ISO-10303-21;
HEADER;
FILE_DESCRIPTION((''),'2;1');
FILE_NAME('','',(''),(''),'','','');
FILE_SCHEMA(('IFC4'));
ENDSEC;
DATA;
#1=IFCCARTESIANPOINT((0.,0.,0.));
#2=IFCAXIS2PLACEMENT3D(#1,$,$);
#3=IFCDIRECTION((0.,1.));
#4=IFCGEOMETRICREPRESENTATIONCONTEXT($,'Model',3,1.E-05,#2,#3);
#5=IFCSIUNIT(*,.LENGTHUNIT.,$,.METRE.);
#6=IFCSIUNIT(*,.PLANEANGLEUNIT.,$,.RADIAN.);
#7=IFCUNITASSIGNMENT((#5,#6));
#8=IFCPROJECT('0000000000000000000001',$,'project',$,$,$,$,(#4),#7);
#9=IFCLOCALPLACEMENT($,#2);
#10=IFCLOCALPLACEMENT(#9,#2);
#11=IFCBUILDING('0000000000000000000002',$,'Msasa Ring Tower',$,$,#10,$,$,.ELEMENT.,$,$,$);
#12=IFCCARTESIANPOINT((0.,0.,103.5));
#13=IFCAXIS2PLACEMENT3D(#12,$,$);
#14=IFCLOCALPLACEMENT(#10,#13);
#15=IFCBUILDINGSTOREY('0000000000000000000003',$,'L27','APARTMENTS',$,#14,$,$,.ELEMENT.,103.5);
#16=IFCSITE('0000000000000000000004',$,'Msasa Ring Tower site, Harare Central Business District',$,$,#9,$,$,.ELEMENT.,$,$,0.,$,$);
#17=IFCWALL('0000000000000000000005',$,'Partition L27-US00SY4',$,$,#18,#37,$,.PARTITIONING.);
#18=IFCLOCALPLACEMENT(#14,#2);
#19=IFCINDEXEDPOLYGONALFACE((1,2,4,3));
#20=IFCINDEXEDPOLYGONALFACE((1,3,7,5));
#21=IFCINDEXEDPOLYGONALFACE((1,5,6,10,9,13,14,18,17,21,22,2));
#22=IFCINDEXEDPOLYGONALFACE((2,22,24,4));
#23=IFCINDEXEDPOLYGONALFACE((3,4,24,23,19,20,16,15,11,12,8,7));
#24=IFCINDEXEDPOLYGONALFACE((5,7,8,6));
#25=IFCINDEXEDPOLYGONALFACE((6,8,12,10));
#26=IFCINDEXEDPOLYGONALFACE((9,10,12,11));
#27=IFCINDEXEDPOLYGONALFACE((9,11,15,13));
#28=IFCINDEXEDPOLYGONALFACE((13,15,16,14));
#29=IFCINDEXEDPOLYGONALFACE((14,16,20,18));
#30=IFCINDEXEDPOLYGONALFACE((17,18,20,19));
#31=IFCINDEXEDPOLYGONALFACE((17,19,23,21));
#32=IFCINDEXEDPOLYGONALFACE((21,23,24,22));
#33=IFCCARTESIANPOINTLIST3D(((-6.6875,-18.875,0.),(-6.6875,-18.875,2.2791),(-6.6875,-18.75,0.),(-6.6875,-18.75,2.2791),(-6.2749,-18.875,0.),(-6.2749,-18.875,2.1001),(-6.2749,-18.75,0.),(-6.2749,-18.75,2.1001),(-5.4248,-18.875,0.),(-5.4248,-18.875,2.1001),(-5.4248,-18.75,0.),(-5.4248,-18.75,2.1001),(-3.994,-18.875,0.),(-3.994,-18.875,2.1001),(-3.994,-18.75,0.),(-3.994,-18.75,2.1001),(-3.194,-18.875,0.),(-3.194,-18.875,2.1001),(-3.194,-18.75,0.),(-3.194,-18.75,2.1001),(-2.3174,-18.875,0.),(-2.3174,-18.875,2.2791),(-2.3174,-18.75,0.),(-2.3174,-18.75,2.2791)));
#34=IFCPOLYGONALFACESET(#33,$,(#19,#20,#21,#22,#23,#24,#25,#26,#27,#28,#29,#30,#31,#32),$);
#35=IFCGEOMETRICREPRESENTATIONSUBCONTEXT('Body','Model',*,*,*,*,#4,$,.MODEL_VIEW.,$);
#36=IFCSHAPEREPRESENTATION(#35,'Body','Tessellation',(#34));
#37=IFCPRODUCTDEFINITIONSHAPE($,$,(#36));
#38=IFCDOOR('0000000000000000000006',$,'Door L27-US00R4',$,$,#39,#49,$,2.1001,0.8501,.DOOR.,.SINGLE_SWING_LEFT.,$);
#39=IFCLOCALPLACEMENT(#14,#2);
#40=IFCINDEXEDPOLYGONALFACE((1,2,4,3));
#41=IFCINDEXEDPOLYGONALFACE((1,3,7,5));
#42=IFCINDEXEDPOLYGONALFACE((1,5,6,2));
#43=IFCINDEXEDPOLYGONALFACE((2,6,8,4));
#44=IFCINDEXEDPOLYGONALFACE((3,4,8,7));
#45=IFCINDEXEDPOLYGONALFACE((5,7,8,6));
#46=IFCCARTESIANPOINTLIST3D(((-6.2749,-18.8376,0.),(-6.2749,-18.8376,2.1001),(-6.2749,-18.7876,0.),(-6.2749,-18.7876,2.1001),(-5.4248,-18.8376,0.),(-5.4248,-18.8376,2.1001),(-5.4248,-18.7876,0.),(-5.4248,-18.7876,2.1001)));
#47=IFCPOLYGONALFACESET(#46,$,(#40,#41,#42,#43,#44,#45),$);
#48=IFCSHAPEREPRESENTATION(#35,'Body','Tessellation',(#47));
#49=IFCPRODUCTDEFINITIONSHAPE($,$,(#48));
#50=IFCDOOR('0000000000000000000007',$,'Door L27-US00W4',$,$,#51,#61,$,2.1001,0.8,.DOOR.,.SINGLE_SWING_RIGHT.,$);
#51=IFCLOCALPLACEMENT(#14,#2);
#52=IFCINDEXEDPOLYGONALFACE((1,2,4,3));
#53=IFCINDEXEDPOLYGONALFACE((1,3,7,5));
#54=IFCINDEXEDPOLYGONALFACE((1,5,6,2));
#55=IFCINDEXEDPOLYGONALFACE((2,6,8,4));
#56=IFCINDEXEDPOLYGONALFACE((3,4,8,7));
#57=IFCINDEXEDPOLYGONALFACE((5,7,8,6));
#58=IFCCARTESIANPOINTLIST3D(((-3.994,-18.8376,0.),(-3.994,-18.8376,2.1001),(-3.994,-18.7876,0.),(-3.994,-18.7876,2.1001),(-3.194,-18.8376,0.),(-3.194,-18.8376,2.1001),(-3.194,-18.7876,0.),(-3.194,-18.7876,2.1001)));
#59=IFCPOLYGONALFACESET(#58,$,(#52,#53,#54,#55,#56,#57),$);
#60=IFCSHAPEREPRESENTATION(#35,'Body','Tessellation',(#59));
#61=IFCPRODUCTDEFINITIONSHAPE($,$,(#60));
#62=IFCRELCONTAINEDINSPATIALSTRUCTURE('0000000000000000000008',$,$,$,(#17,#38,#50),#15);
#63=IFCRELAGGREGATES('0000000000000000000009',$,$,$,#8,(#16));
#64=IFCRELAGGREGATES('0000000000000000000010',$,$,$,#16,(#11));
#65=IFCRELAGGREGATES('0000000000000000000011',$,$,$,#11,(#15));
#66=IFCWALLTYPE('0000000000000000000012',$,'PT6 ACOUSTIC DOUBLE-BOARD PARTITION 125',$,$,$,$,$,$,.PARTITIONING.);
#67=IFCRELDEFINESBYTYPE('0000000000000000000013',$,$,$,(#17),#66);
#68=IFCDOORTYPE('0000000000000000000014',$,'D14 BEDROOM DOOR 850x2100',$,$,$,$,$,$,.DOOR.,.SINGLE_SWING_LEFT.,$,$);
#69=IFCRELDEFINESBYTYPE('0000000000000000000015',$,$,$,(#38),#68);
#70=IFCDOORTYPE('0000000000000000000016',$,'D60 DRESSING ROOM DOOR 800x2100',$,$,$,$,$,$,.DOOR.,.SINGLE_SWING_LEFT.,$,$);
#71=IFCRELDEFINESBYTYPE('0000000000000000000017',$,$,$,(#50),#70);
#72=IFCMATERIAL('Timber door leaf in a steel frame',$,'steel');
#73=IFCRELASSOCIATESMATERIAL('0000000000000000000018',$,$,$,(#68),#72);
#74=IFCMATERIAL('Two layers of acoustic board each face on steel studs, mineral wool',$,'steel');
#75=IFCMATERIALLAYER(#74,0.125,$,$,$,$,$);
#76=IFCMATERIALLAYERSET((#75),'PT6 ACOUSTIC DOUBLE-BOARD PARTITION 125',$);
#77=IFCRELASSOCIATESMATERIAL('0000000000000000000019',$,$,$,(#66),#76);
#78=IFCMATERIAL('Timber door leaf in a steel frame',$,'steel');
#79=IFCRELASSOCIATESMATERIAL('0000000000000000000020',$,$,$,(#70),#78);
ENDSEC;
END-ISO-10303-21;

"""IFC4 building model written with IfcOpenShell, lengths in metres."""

from ifc_helpers import new_model, si_unit, direction, frame, frame_2d, origin, place, context, subcontext, project, spatial, rectangle, extrude, material, layer, layer_set, type_object, element, fill, save


model = new_model("IFC4")

# Units and contexts
model_context = context("Model", 3, precision=1e-05, world=origin(), true_north=direction((0.0, 1.0)))
body_context = subcontext(model_context, "Body", "Model", "MODEL_VIEW")
ifc_project = project(units=[si_unit("LENGTHUNIT", "METRE"), si_unit("PLANEANGLEUNIT", "RADIAN")], contexts=[model_context])

# Site, building, storey
site_placement = place(None, origin())
site = spatial("IfcSite", under=ifc_project, at=site_placement, Name="Msasa Ring Tower site, Harare Central Business District", CompositionType="ELEMENT", RefElevation=0.0)
building_placement = place(site_placement, origin())
building = spatial("IfcBuilding", under=site, at=building_placement, Name="Msasa Ring Tower", CompositionType="ELEMENT")
storey_placement = place(building_placement, frame((0.0, 0.0, 103.5)))
storey = spatial("IfcBuildingStorey", under=building, at=storey_placement, Name="L27", Description="APARTMENTS", CompositionType="ELEMENT", Elevation=103.5)

# Shared definitions
ifc_material_1 = material(Name="Timber door leaf in a steel frame", Category="steel")
door_type_1 = type_object("IfcDoorType", Name="D14 BEDROOM DOOR 850x2100", OperationType="SINGLE_SWING_LEFT", PredefinedType="DOOR", material=ifc_material_1)

# Shared definitions
ifc_material_2 = material(Name="Two layers of acoustic board each face on steel studs, mineral wool", Category="steel")
ifc_layer_1 = layer(ifc_material_2, 0.125)
ifc_layer_set_1 = layer_set([ifc_layer_1], Name="PT6 ACOUSTIC DOUBLE-BOARD PARTITION 125")
wall_type_1 = type_object("IfcWallType", Name="PT6 ACOUSTIC DOUBLE-BOARD PARTITION 125", PredefinedType="PARTITIONING", material=ifc_layer_set_1)

# Shared definitions
ifc_material_3 = material(Name="Timber door leaf in a steel frame", Category="steel")
door_type_2 = type_object("IfcDoorType", Name="D60 DRESSING ROOM DOOR 800x2100", OperationType="SINGLE_SWING_LEFT", PredefinedType="DOOR", material=ifc_material_3)

# Wall, openings, doors
wall_1_placement = place(storey_placement, frame((-6.6875, -18.8125, 0.0), z_axis=(0.0, 0.0, 1.0), x_axis=(1.0, 0.0, 0.0)))
wall_1 = element("IfcWall", 1, at=wall_1_placement, inside=storey, type_object=wall_type_1, Name="Partition L27-US00SY4", PredefinedType="PARTITIONING", context=body_context, shape_type="SweptSolid", body=[
    extrude(rectangle(XDim=4.3701, YDim=0.125, at=frame_2d((2.1851, 0.0))), origin(), (0.0, 0.0, 1.0), 2.2791),
])
opening_1_placement = place(wall_1_placement, frame((0.4126, 0.0, 0.0)))
opening_1 = element("IfcOpeningElement", 2, at=opening_1_placement, cuts=wall_1, PredefinedType="OPENING", context=body_context, shape_type="SweptSolid", body=[
    extrude(rectangle(XDim=0.8501, YDim=2.1001, at=frame_2d((0.425, 1.05))), frame((0.0, 0.0725, 0.0), z_axis=(0.0, -1.0, 0.0), x_axis=(1.0, 0.0, 0.0)), (0.0, 0.0, 1.0), 0.145),
])
opening_2_placement = place(wall_1_placement, frame((2.6936, 0.0, 0.0)))
opening_2 = element("IfcOpeningElement", 3, at=opening_2_placement, cuts=wall_1, PredefinedType="OPENING", context=body_context, shape_type="SweptSolid", body=[
    extrude(rectangle(XDim=0.8, YDim=2.1001, at=frame_2d((0.3999, 1.05))), frame((0.0, 0.0725, 0.0), z_axis=(0.0, -1.0, 0.0), x_axis=(1.0, 0.0, 0.0)), (0.0, 0.0, 1.0), 0.145),
])
door_1_placement = place(opening_1_placement, origin())
door_1 = element("IfcDoor", 4, at=door_1_placement, inside=storey, type_object=door_type_1, Name="Door L27-US00R4", OperationType="SINGLE_SWING_LEFT", OverallHeight=2.1001, OverallWidth=0.8501, PredefinedType="DOOR", context=body_context, shape_type="SweptSolid", body=[
    extrude(rectangle(XDim=0.8501, YDim=2.1001, at=frame_2d((0.425, 1.05))), frame((0.0, 0.0249, 0.0), z_axis=(0.0, -1.0, 0.0), x_axis=(1.0, 0.0, 0.0)), (0.0, 0.0, 1.0), 0.05),
])
fill(opening_1, door_1)
door_2_placement = place(opening_2_placement, origin())
door_2 = element("IfcDoor", 5, at=door_2_placement, inside=storey, type_object=door_type_2, Name="Door L27-US00W4", OperationType="SINGLE_SWING_RIGHT", OverallHeight=2.1001, OverallWidth=0.8, PredefinedType="DOOR", context=body_context, shape_type="SweptSolid", body=[
    extrude(rectangle(XDim=0.8, YDim=2.1001, at=frame_2d((0.3999, 1.05))), frame((0.0, 0.0249, 0.0), z_axis=(0.0, -1.0, 0.0), x_axis=(1.0, 0.0, 0.0)), (0.0, 0.0, 1.0), 0.05),
])
fill(opening_2, door_2)

save(model, "model.ifc")
